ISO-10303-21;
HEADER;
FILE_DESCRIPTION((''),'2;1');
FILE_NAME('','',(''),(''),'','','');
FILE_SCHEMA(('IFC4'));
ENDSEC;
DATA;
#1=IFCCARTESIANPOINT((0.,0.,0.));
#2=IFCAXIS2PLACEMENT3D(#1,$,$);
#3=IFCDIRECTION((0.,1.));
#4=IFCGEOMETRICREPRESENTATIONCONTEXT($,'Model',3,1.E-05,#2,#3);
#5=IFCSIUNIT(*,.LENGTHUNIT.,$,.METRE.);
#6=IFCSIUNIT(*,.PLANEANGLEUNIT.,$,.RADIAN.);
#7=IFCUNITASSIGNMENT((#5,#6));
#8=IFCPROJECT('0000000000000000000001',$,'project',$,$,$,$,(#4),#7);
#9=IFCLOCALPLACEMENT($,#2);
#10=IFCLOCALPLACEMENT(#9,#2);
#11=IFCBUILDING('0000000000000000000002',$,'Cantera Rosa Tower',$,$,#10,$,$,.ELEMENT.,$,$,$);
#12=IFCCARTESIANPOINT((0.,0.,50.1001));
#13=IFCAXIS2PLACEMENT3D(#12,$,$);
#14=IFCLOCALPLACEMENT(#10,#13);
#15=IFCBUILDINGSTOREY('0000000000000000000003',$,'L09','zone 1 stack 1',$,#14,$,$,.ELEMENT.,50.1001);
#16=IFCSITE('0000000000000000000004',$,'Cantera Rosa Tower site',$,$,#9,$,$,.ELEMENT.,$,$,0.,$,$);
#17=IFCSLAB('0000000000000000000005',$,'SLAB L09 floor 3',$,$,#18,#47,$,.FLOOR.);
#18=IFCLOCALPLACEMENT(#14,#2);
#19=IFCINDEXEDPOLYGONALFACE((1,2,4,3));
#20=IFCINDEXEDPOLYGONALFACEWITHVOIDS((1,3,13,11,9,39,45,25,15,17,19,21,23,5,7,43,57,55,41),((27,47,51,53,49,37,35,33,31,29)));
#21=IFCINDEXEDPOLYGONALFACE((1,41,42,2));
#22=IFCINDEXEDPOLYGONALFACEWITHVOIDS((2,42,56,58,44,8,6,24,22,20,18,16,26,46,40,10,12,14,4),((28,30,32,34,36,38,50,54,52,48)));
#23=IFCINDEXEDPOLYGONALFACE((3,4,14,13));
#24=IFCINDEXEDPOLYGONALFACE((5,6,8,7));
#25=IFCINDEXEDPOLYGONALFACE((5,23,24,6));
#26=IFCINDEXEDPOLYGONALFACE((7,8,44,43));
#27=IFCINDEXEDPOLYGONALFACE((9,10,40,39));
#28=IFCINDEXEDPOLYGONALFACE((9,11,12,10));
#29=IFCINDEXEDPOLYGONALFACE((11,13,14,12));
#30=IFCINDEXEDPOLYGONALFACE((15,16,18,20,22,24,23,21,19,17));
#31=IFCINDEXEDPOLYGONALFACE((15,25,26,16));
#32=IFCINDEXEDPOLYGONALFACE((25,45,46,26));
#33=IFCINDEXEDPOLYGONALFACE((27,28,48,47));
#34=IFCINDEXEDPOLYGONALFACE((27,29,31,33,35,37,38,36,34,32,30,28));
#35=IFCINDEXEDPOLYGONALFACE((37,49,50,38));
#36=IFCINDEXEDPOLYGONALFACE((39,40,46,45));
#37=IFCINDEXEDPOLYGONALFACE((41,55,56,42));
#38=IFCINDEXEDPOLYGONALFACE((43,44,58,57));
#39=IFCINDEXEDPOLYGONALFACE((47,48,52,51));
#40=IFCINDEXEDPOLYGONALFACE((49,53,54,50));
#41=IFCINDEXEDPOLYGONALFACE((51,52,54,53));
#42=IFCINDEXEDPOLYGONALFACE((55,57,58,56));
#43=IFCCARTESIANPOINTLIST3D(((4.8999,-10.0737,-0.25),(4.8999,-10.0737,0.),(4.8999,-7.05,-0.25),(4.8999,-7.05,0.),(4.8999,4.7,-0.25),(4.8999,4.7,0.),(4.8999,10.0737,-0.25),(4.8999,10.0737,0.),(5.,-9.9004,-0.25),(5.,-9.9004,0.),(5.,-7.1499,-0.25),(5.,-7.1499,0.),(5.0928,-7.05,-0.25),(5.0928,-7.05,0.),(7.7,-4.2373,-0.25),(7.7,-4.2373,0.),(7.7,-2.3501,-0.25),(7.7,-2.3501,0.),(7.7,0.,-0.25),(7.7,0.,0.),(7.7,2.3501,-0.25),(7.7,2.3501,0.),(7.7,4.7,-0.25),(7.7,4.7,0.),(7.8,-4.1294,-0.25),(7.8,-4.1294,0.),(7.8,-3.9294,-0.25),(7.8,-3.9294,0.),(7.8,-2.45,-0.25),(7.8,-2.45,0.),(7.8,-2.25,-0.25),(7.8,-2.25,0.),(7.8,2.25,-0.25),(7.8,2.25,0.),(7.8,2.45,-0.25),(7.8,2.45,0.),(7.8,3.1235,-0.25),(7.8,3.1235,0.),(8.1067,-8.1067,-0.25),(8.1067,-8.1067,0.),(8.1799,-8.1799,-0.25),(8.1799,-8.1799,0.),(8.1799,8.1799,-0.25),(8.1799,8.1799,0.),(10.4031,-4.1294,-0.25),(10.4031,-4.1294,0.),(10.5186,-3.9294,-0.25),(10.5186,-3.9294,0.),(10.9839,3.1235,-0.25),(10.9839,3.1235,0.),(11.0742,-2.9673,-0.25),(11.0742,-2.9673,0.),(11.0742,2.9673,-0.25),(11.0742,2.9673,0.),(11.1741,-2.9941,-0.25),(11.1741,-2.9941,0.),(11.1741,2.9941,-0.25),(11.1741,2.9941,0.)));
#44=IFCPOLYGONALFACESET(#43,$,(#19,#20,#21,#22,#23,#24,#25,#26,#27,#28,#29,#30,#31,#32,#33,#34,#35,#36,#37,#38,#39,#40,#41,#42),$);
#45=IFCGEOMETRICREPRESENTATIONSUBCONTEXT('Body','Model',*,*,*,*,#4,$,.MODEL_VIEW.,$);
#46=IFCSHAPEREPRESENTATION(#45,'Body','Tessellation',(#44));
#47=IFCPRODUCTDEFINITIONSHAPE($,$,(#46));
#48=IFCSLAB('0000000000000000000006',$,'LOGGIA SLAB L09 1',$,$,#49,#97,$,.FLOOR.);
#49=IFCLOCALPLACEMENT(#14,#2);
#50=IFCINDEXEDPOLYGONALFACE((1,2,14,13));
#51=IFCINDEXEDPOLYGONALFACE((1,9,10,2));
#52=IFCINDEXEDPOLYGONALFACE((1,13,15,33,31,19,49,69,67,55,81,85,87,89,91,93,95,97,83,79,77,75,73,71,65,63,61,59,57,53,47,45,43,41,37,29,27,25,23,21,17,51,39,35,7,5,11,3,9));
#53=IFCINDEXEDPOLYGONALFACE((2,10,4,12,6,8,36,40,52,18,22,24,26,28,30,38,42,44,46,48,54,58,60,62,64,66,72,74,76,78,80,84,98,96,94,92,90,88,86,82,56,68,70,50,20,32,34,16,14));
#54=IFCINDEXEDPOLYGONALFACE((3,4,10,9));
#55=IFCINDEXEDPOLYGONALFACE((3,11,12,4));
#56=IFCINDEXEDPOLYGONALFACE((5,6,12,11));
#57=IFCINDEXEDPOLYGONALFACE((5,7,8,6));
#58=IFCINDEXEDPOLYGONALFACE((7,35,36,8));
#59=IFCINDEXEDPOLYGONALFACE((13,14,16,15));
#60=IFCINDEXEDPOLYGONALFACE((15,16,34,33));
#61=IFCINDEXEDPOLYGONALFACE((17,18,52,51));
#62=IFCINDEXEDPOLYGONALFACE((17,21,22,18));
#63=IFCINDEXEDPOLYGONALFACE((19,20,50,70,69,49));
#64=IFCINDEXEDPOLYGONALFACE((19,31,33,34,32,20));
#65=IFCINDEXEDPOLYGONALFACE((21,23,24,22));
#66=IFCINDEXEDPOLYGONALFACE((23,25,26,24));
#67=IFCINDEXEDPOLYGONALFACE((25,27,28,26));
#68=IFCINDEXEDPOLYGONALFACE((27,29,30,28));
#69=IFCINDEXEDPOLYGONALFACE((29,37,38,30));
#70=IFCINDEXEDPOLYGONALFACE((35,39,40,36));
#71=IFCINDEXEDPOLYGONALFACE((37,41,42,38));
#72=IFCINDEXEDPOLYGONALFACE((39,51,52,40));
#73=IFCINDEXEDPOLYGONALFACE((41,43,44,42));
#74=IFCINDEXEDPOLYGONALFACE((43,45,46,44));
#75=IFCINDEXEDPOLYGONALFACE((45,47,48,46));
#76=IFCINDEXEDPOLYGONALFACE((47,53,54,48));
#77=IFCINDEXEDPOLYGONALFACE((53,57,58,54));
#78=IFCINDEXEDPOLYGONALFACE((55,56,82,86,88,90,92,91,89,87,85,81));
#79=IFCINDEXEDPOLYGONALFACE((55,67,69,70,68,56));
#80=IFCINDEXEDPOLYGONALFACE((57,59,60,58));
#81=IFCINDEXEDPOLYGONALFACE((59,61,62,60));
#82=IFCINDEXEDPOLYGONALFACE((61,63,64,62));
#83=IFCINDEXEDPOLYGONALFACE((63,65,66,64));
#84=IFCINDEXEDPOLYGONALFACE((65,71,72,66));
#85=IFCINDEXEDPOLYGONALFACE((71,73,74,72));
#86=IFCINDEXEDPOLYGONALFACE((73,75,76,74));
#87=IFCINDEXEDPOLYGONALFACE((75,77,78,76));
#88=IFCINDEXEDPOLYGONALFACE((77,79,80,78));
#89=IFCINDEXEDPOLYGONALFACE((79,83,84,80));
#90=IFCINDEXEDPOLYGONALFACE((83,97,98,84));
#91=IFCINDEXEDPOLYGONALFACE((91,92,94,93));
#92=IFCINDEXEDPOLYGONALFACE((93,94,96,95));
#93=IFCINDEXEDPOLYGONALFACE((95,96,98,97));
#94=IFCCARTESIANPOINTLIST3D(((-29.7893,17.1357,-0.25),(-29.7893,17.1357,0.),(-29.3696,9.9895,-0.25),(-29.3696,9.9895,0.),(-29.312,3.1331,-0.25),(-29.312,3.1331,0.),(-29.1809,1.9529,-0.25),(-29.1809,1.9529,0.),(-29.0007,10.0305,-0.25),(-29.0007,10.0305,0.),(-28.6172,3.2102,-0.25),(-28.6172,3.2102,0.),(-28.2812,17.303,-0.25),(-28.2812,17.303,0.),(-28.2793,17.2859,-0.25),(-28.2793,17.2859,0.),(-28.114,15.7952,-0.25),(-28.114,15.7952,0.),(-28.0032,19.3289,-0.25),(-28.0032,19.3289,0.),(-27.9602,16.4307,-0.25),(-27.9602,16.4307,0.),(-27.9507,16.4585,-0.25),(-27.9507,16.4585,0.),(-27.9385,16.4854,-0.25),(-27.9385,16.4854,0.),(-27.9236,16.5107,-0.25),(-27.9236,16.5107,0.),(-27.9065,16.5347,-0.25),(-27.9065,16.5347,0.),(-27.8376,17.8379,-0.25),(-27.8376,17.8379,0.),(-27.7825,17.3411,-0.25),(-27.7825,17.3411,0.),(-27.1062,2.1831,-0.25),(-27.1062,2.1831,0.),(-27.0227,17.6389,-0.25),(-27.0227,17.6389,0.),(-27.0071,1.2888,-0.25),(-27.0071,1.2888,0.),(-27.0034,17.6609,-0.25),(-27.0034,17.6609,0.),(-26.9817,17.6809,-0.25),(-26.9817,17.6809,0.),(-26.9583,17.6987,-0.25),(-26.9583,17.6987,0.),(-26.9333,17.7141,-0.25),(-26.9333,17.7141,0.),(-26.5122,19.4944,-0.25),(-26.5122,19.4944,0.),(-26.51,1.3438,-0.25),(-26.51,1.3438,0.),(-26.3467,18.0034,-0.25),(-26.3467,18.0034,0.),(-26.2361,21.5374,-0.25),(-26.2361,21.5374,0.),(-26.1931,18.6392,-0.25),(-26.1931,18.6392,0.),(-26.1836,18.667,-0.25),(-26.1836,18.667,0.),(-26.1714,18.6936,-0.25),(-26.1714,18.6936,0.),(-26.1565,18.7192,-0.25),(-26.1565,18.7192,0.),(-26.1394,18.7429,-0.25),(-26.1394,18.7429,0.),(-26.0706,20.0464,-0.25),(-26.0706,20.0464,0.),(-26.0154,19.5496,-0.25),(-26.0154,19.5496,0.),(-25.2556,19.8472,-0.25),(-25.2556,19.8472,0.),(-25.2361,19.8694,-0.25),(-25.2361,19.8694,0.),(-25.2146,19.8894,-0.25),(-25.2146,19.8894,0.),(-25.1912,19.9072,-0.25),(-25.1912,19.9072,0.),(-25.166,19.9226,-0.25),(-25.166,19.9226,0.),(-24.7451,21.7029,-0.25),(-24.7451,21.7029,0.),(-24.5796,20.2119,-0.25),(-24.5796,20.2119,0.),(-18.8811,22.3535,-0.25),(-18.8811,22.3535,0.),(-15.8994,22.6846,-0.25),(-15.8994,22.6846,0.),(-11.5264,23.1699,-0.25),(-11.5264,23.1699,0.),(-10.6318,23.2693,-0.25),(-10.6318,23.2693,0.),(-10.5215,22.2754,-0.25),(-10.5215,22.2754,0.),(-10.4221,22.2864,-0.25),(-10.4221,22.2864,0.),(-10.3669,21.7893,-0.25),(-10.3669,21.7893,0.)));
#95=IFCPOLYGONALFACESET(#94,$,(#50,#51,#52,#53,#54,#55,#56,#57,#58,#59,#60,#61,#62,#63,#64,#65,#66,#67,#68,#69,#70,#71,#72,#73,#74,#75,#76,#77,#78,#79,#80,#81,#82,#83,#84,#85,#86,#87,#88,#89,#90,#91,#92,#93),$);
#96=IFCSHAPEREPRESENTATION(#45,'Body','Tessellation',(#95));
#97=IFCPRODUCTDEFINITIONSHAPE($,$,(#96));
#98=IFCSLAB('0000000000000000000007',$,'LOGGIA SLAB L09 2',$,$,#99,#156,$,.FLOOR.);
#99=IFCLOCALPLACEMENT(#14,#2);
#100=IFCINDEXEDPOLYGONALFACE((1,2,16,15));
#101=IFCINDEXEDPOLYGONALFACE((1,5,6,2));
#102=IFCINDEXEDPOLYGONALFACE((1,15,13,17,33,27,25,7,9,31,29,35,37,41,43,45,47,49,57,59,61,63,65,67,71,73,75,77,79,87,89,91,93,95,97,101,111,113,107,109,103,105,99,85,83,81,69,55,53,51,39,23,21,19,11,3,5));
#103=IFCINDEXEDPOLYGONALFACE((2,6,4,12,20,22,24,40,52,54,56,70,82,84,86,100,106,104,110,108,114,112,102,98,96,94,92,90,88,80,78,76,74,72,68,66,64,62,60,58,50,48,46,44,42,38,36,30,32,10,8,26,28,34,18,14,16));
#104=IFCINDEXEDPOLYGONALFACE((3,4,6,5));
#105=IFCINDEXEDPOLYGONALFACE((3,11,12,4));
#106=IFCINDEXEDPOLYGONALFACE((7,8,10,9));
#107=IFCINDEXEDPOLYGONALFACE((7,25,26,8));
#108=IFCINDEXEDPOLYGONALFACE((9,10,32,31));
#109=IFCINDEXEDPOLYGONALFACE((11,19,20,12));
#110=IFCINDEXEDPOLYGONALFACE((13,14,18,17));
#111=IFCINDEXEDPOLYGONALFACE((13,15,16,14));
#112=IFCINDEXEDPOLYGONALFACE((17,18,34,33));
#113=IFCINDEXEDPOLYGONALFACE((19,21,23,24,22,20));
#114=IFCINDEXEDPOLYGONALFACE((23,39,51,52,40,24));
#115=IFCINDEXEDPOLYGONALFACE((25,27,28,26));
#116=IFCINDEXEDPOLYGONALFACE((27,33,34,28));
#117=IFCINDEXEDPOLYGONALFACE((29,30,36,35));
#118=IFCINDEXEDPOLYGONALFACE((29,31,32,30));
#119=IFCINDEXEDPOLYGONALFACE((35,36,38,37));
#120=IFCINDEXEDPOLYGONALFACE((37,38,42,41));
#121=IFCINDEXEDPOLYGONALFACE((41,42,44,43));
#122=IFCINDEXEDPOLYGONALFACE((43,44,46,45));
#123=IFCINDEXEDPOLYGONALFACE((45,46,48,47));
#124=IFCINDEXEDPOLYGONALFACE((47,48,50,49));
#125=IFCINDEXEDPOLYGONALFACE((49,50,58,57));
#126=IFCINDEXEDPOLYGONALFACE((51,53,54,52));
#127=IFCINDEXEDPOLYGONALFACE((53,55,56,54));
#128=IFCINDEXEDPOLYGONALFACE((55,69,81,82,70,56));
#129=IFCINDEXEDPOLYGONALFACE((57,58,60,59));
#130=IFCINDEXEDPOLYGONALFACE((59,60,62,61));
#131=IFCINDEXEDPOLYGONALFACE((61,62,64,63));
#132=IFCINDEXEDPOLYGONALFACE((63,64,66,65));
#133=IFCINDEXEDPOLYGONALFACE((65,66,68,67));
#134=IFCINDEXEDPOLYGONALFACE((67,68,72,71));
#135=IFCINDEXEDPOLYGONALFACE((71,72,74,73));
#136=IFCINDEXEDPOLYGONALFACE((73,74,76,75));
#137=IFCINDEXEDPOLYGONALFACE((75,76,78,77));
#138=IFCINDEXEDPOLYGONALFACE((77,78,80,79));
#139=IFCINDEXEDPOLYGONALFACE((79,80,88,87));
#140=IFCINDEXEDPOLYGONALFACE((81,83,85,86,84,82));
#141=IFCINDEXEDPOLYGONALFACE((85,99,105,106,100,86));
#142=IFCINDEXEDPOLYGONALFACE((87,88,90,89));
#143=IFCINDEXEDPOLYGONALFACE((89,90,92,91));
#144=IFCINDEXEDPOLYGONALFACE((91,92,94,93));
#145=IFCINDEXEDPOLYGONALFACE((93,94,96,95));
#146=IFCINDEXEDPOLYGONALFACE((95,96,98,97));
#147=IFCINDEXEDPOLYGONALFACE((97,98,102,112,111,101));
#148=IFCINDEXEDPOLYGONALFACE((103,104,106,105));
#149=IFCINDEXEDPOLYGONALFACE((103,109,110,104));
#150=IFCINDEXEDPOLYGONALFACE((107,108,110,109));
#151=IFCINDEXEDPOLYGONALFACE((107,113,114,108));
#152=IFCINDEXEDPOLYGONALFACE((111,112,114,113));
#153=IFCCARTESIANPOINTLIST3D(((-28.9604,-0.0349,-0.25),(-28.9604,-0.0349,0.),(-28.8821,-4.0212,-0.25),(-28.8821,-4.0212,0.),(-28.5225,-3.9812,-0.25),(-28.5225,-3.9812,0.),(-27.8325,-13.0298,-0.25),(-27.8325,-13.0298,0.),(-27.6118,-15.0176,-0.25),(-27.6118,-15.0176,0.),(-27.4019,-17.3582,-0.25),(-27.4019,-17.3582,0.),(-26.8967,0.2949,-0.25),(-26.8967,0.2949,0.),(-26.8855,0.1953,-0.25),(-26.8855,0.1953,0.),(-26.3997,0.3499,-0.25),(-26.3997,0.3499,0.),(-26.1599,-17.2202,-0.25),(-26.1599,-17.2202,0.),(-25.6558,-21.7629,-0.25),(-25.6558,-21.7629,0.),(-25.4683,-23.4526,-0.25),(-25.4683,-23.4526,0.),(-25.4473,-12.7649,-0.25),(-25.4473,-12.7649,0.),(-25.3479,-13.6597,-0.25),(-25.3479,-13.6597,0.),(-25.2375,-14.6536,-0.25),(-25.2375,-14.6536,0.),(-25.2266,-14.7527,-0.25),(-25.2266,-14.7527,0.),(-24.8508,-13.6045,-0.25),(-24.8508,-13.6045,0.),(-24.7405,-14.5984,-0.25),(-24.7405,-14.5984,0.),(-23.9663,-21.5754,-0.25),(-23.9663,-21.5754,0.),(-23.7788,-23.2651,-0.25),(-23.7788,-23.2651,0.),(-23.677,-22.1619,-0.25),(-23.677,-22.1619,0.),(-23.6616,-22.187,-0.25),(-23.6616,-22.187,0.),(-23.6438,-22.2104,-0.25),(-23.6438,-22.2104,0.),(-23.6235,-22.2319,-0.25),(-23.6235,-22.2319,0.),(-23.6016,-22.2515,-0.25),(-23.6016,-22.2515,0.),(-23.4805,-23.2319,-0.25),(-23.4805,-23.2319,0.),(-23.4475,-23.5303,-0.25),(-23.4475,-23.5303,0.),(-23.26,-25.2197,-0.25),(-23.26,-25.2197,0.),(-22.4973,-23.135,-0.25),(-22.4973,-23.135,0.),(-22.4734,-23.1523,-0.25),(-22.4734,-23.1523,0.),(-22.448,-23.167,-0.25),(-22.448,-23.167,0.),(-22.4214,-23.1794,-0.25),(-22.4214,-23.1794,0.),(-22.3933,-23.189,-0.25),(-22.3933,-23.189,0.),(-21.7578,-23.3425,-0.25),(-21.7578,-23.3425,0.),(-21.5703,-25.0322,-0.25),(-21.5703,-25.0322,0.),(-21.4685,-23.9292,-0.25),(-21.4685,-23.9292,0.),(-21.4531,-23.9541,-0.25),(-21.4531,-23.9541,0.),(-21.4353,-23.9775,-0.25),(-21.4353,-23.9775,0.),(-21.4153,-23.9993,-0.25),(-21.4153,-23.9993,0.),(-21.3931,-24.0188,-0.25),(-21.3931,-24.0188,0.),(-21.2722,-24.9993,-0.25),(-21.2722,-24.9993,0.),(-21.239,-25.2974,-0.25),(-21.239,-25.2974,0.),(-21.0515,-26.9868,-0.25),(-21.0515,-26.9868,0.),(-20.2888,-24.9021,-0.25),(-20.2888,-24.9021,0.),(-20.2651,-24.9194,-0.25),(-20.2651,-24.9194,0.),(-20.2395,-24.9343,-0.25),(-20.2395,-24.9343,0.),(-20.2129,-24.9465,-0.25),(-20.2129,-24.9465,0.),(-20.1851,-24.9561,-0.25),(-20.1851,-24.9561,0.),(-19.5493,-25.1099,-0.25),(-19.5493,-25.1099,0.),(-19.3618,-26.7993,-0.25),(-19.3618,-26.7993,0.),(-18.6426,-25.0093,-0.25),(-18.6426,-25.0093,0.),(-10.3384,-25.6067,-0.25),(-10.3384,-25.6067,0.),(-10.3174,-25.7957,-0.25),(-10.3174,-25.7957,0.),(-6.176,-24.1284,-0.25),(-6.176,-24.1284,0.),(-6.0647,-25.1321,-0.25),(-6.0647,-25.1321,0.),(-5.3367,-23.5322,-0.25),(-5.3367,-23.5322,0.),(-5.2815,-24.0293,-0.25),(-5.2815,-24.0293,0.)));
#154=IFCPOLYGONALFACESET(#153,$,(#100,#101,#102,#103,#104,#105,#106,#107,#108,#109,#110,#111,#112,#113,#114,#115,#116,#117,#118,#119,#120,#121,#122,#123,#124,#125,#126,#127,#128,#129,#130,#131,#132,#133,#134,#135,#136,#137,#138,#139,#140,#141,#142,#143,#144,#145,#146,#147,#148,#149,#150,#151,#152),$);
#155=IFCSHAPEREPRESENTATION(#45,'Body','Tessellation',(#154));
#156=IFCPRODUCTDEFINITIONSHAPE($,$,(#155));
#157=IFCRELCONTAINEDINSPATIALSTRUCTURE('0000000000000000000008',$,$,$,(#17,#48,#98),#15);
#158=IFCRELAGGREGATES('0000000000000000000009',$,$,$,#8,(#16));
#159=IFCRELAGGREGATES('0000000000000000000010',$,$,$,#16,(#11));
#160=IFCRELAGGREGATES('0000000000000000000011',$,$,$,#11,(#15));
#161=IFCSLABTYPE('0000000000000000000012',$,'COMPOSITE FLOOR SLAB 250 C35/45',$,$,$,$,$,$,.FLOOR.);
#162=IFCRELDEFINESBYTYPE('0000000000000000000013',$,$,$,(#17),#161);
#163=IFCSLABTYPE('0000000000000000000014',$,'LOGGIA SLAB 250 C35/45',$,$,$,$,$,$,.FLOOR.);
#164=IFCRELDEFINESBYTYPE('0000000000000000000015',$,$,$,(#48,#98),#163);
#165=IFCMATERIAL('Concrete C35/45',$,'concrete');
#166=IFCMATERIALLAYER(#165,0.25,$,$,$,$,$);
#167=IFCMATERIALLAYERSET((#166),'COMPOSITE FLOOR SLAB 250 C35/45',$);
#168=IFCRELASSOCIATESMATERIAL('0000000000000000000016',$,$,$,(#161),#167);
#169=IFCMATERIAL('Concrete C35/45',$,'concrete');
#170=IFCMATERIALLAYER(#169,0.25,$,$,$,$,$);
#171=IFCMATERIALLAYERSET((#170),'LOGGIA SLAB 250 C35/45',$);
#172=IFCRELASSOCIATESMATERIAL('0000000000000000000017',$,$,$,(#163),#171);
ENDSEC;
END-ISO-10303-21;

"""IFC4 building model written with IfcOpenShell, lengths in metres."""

from ifc_helpers import new_model, si_unit, direction, frame, origin, place, context, subcontext, project, spatial, polyline, outline, extrude, material, layer, layer_set, type_object, element, save


model = new_model("IFC4")

# Units and contexts
model_context = context("Model", 3, precision=1e-05, world=origin(), true_north=direction((0.0, 1.0)))
body_context = subcontext(model_context, "Body", "Model", "MODEL_VIEW")
ifc_project = project(units=[si_unit("LENGTHUNIT", "METRE"), si_unit("PLANEANGLEUNIT", "RADIAN")], contexts=[model_context])

# Site, building, storey
site_placement = place(None, origin())
site = spatial("IfcSite", under=ifc_project, at=site_placement, Name="Cantera Rosa Tower site", CompositionType="ELEMENT", RefElevation=0.0)
building_placement = place(site_placement, origin())
building = spatial("IfcBuilding", under=site, at=building_placement, Name="Cantera Rosa Tower", CompositionType="ELEMENT")
storey_placement = place(building_placement, frame((0.0, 0.0, 50.1001)))
storey = spatial("IfcBuildingStorey", under=building, at=storey_placement, Name="L09", Description="zone 1 stack 1", CompositionType="ELEMENT", Elevation=50.1001)

# Slabs
ifc_material_1 = material(Name="Concrete C35/45", Category="concrete")
ifc_layer_1 = layer(ifc_material_1, 0.25)
ifc_layer_set_1 = layer_set([ifc_layer_1], Name="COMPOSITE FLOOR SLAB 250 C35/45")
slab_type_1 = type_object("IfcSlabType", Name="COMPOSITE FLOOR SLAB 250 C35/45", PredefinedType="FLOOR", material=ifc_layer_set_1)
slab_1_placement = place(storey_placement, frame((0.0, 0.0, -0.25)))
element("IfcSlab", 1, at=slab_1_placement, inside=storey, type_object=slab_type_1, Name="SLAB L09 floor 3", PredefinedType="FLOOR", context=body_context, shape_type="SweptSolid", body=[
    extrude(outline(polyline([(5.0928, -7.05), (5.0, -7.1499), (5.0, -9.9004), (8.1067, -8.1067), (10.4031, -4.1294), (7.8, -4.1294), (7.7, -4.2373), (7.7, -2.3501), (7.7, 0.0), (7.7, 2.3501), (7.7, 4.7), (4.8999, 4.7), (4.8999, 10.0737), (8.1799, 8.1799), (11.1741, 2.9941), (11.1741, -2.9941), (8.1799, -8.1799), (4.8999, -10.0737), (4.8999, -7.05), (5.0928, -7.05)]), holes=[polyline([(7.8, 2.45), (7.8, 2.25), (7.8, -2.25), (7.8, -2.45), (7.8, -3.9294), (10.5186, -3.9294), (11.0742, -2.9673), (11.0742, 2.9673), (10.9839, 3.1235), (7.8, 3.1235), (7.8, 2.45)])]), origin(), (0.0, 0.0, 1.0), 0.25),
])
ifc_material_2 = material(Name="Concrete C35/45", Category="concrete")
ifc_layer_2 = layer(ifc_material_2, 0.25)
ifc_layer_set_2 = layer_set([ifc_layer_2], Name="LOGGIA SLAB 250 C35/45")
slab_type_2 = type_object("IfcSlabType", Name="LOGGIA SLAB 250 C35/45", PredefinedType="FLOOR", material=ifc_layer_set_2)
slab_2_placement = place(storey_placement, frame((0.0, 0.0, -0.25)))
element("IfcSlab", 2, at=slab_2_placement, inside=storey, type_object=slab_type_2, Name="LOGGIA SLAB L09 1", PredefinedType="FLOOR", context=body_context, shape_type="SweptSolid", body=[
    extrude(outline(polyline([(-29.3696, 9.9895), (-29.0007, 10.0305), (-29.7893, 17.1357), (-28.2812, 17.303), (-28.2793, 17.2859), (-27.7825, 17.3411), (-27.8376, 17.8379), (-28.0032, 19.3289), (-26.5122, 19.4944), (-26.0154, 19.5496), (-26.0706, 20.0464), (-26.2361, 21.5374), (-24.7451, 21.7029), (-18.8811, 22.3535), (-15.8994, 22.6846), (-11.5264, 23.1699), (-10.6318, 23.2693), (-10.5215, 22.2754), (-10.4221, 22.2864), (-10.3669, 21.7893), (-24.5796, 20.2119), (-25.166, 19.9226), (-25.1912, 19.9072), (-25.2146, 19.8894), (-25.2361, 19.8694), (-25.2556, 19.8472), (-26.1394, 18.7429), (-26.1565, 18.7192), (-26.1714, 18.6936), (-26.1836, 18.667), (-26.1931, 18.6392), (-26.3467, 18.0034), (-26.9333, 17.7141), (-26.9583, 17.6987), (-26.9817, 17.6809), (-27.0034, 17.6609), (-27.0227, 17.6389), (-27.9065, 16.5347), (-27.9236, 16.5107), (-27.9385, 16.4854), (-27.9507, 16.4585), (-27.9602, 16.4307), (-28.114, 15.7952), (-26.51, 1.3438), (-27.0071, 1.2888), (-27.1062, 2.1831), (-29.1809, 1.9529), (-29.312, 3.1331), (-28.6172, 3.2102), (-29.3696, 9.9895)])), origin(), (0.0, 0.0, 1.0), 0.25),
])
slab_3_placement = place(storey_placement, frame((0.0, 0.0, -0.25)))
element("IfcSlab", 3, at=slab_3_placement, inside=storey, type_object=slab_type_2, Name="LOGGIA SLAB L09 2", PredefinedType="FLOOR", context=body_context, shape_type="SweptSolid", body=[
    extrude(outline(polyline([(-19.3618, -26.7993), (-21.0515, -26.9868), (-21.239, -25.2974), (-21.2722, -24.9993), (-21.5703, -25.0322), (-23.26, -25.2197), (-23.4475, -23.5303), (-23.4805, -23.2319), (-23.7788, -23.2651), (-25.4683, -23.4526), (-25.6558, -21.7629), (-26.1599, -17.2202), (-27.4019, -17.3582), (-28.8821, -4.0212), (-28.5225, -3.9812), (-28.9604, -0.0349), (-26.8855, 0.1953), (-26.8967, 0.2949), (-26.3997, 0.3499), (-24.8508, -13.6045), (-25.3479, -13.6597), (-25.4473, -12.7649), (-27.8325, -13.0298), (-27.6118, -15.0176), (-25.2266, -14.7527), (-25.2375, -14.6536), (-24.7405, -14.5984), (-23.9663, -21.5754), (-23.677, -22.1619), (-23.6616, -22.187), (-23.6438, -22.2104), (-23.6235, -22.2319), (-23.6016, -22.2515), (-22.4973, -23.135), (-22.4734, -23.1523), (-22.448, -23.167), (-22.4214, -23.1794), (-22.3933, -23.189), (-21.7578, -23.3425), (-21.4685, -23.9292), (-21.4531, -23.9541), (-21.4353, -23.9775), (-21.4153, -23.9993), (-21.3931, -24.0188), (-20.2888, -24.9021), (-20.2651, -24.9194), (-20.2395, -24.9343), (-20.2129, -24.9465), (-20.1851, -24.9561), (-19.5493, -25.1099), (-18.6426, -25.0093), (-5.3367, -23.5322), (-5.2815, -24.0293), (-6.176, -24.1284), (-6.0647, -25.1321), (-10.3384, -25.6067), (-10.3174, -25.7957), (-19.3618, -26.7993)])), origin(), (0.0, 0.0, 1.0), 0.25),
])

save(model, "model.ifc")
